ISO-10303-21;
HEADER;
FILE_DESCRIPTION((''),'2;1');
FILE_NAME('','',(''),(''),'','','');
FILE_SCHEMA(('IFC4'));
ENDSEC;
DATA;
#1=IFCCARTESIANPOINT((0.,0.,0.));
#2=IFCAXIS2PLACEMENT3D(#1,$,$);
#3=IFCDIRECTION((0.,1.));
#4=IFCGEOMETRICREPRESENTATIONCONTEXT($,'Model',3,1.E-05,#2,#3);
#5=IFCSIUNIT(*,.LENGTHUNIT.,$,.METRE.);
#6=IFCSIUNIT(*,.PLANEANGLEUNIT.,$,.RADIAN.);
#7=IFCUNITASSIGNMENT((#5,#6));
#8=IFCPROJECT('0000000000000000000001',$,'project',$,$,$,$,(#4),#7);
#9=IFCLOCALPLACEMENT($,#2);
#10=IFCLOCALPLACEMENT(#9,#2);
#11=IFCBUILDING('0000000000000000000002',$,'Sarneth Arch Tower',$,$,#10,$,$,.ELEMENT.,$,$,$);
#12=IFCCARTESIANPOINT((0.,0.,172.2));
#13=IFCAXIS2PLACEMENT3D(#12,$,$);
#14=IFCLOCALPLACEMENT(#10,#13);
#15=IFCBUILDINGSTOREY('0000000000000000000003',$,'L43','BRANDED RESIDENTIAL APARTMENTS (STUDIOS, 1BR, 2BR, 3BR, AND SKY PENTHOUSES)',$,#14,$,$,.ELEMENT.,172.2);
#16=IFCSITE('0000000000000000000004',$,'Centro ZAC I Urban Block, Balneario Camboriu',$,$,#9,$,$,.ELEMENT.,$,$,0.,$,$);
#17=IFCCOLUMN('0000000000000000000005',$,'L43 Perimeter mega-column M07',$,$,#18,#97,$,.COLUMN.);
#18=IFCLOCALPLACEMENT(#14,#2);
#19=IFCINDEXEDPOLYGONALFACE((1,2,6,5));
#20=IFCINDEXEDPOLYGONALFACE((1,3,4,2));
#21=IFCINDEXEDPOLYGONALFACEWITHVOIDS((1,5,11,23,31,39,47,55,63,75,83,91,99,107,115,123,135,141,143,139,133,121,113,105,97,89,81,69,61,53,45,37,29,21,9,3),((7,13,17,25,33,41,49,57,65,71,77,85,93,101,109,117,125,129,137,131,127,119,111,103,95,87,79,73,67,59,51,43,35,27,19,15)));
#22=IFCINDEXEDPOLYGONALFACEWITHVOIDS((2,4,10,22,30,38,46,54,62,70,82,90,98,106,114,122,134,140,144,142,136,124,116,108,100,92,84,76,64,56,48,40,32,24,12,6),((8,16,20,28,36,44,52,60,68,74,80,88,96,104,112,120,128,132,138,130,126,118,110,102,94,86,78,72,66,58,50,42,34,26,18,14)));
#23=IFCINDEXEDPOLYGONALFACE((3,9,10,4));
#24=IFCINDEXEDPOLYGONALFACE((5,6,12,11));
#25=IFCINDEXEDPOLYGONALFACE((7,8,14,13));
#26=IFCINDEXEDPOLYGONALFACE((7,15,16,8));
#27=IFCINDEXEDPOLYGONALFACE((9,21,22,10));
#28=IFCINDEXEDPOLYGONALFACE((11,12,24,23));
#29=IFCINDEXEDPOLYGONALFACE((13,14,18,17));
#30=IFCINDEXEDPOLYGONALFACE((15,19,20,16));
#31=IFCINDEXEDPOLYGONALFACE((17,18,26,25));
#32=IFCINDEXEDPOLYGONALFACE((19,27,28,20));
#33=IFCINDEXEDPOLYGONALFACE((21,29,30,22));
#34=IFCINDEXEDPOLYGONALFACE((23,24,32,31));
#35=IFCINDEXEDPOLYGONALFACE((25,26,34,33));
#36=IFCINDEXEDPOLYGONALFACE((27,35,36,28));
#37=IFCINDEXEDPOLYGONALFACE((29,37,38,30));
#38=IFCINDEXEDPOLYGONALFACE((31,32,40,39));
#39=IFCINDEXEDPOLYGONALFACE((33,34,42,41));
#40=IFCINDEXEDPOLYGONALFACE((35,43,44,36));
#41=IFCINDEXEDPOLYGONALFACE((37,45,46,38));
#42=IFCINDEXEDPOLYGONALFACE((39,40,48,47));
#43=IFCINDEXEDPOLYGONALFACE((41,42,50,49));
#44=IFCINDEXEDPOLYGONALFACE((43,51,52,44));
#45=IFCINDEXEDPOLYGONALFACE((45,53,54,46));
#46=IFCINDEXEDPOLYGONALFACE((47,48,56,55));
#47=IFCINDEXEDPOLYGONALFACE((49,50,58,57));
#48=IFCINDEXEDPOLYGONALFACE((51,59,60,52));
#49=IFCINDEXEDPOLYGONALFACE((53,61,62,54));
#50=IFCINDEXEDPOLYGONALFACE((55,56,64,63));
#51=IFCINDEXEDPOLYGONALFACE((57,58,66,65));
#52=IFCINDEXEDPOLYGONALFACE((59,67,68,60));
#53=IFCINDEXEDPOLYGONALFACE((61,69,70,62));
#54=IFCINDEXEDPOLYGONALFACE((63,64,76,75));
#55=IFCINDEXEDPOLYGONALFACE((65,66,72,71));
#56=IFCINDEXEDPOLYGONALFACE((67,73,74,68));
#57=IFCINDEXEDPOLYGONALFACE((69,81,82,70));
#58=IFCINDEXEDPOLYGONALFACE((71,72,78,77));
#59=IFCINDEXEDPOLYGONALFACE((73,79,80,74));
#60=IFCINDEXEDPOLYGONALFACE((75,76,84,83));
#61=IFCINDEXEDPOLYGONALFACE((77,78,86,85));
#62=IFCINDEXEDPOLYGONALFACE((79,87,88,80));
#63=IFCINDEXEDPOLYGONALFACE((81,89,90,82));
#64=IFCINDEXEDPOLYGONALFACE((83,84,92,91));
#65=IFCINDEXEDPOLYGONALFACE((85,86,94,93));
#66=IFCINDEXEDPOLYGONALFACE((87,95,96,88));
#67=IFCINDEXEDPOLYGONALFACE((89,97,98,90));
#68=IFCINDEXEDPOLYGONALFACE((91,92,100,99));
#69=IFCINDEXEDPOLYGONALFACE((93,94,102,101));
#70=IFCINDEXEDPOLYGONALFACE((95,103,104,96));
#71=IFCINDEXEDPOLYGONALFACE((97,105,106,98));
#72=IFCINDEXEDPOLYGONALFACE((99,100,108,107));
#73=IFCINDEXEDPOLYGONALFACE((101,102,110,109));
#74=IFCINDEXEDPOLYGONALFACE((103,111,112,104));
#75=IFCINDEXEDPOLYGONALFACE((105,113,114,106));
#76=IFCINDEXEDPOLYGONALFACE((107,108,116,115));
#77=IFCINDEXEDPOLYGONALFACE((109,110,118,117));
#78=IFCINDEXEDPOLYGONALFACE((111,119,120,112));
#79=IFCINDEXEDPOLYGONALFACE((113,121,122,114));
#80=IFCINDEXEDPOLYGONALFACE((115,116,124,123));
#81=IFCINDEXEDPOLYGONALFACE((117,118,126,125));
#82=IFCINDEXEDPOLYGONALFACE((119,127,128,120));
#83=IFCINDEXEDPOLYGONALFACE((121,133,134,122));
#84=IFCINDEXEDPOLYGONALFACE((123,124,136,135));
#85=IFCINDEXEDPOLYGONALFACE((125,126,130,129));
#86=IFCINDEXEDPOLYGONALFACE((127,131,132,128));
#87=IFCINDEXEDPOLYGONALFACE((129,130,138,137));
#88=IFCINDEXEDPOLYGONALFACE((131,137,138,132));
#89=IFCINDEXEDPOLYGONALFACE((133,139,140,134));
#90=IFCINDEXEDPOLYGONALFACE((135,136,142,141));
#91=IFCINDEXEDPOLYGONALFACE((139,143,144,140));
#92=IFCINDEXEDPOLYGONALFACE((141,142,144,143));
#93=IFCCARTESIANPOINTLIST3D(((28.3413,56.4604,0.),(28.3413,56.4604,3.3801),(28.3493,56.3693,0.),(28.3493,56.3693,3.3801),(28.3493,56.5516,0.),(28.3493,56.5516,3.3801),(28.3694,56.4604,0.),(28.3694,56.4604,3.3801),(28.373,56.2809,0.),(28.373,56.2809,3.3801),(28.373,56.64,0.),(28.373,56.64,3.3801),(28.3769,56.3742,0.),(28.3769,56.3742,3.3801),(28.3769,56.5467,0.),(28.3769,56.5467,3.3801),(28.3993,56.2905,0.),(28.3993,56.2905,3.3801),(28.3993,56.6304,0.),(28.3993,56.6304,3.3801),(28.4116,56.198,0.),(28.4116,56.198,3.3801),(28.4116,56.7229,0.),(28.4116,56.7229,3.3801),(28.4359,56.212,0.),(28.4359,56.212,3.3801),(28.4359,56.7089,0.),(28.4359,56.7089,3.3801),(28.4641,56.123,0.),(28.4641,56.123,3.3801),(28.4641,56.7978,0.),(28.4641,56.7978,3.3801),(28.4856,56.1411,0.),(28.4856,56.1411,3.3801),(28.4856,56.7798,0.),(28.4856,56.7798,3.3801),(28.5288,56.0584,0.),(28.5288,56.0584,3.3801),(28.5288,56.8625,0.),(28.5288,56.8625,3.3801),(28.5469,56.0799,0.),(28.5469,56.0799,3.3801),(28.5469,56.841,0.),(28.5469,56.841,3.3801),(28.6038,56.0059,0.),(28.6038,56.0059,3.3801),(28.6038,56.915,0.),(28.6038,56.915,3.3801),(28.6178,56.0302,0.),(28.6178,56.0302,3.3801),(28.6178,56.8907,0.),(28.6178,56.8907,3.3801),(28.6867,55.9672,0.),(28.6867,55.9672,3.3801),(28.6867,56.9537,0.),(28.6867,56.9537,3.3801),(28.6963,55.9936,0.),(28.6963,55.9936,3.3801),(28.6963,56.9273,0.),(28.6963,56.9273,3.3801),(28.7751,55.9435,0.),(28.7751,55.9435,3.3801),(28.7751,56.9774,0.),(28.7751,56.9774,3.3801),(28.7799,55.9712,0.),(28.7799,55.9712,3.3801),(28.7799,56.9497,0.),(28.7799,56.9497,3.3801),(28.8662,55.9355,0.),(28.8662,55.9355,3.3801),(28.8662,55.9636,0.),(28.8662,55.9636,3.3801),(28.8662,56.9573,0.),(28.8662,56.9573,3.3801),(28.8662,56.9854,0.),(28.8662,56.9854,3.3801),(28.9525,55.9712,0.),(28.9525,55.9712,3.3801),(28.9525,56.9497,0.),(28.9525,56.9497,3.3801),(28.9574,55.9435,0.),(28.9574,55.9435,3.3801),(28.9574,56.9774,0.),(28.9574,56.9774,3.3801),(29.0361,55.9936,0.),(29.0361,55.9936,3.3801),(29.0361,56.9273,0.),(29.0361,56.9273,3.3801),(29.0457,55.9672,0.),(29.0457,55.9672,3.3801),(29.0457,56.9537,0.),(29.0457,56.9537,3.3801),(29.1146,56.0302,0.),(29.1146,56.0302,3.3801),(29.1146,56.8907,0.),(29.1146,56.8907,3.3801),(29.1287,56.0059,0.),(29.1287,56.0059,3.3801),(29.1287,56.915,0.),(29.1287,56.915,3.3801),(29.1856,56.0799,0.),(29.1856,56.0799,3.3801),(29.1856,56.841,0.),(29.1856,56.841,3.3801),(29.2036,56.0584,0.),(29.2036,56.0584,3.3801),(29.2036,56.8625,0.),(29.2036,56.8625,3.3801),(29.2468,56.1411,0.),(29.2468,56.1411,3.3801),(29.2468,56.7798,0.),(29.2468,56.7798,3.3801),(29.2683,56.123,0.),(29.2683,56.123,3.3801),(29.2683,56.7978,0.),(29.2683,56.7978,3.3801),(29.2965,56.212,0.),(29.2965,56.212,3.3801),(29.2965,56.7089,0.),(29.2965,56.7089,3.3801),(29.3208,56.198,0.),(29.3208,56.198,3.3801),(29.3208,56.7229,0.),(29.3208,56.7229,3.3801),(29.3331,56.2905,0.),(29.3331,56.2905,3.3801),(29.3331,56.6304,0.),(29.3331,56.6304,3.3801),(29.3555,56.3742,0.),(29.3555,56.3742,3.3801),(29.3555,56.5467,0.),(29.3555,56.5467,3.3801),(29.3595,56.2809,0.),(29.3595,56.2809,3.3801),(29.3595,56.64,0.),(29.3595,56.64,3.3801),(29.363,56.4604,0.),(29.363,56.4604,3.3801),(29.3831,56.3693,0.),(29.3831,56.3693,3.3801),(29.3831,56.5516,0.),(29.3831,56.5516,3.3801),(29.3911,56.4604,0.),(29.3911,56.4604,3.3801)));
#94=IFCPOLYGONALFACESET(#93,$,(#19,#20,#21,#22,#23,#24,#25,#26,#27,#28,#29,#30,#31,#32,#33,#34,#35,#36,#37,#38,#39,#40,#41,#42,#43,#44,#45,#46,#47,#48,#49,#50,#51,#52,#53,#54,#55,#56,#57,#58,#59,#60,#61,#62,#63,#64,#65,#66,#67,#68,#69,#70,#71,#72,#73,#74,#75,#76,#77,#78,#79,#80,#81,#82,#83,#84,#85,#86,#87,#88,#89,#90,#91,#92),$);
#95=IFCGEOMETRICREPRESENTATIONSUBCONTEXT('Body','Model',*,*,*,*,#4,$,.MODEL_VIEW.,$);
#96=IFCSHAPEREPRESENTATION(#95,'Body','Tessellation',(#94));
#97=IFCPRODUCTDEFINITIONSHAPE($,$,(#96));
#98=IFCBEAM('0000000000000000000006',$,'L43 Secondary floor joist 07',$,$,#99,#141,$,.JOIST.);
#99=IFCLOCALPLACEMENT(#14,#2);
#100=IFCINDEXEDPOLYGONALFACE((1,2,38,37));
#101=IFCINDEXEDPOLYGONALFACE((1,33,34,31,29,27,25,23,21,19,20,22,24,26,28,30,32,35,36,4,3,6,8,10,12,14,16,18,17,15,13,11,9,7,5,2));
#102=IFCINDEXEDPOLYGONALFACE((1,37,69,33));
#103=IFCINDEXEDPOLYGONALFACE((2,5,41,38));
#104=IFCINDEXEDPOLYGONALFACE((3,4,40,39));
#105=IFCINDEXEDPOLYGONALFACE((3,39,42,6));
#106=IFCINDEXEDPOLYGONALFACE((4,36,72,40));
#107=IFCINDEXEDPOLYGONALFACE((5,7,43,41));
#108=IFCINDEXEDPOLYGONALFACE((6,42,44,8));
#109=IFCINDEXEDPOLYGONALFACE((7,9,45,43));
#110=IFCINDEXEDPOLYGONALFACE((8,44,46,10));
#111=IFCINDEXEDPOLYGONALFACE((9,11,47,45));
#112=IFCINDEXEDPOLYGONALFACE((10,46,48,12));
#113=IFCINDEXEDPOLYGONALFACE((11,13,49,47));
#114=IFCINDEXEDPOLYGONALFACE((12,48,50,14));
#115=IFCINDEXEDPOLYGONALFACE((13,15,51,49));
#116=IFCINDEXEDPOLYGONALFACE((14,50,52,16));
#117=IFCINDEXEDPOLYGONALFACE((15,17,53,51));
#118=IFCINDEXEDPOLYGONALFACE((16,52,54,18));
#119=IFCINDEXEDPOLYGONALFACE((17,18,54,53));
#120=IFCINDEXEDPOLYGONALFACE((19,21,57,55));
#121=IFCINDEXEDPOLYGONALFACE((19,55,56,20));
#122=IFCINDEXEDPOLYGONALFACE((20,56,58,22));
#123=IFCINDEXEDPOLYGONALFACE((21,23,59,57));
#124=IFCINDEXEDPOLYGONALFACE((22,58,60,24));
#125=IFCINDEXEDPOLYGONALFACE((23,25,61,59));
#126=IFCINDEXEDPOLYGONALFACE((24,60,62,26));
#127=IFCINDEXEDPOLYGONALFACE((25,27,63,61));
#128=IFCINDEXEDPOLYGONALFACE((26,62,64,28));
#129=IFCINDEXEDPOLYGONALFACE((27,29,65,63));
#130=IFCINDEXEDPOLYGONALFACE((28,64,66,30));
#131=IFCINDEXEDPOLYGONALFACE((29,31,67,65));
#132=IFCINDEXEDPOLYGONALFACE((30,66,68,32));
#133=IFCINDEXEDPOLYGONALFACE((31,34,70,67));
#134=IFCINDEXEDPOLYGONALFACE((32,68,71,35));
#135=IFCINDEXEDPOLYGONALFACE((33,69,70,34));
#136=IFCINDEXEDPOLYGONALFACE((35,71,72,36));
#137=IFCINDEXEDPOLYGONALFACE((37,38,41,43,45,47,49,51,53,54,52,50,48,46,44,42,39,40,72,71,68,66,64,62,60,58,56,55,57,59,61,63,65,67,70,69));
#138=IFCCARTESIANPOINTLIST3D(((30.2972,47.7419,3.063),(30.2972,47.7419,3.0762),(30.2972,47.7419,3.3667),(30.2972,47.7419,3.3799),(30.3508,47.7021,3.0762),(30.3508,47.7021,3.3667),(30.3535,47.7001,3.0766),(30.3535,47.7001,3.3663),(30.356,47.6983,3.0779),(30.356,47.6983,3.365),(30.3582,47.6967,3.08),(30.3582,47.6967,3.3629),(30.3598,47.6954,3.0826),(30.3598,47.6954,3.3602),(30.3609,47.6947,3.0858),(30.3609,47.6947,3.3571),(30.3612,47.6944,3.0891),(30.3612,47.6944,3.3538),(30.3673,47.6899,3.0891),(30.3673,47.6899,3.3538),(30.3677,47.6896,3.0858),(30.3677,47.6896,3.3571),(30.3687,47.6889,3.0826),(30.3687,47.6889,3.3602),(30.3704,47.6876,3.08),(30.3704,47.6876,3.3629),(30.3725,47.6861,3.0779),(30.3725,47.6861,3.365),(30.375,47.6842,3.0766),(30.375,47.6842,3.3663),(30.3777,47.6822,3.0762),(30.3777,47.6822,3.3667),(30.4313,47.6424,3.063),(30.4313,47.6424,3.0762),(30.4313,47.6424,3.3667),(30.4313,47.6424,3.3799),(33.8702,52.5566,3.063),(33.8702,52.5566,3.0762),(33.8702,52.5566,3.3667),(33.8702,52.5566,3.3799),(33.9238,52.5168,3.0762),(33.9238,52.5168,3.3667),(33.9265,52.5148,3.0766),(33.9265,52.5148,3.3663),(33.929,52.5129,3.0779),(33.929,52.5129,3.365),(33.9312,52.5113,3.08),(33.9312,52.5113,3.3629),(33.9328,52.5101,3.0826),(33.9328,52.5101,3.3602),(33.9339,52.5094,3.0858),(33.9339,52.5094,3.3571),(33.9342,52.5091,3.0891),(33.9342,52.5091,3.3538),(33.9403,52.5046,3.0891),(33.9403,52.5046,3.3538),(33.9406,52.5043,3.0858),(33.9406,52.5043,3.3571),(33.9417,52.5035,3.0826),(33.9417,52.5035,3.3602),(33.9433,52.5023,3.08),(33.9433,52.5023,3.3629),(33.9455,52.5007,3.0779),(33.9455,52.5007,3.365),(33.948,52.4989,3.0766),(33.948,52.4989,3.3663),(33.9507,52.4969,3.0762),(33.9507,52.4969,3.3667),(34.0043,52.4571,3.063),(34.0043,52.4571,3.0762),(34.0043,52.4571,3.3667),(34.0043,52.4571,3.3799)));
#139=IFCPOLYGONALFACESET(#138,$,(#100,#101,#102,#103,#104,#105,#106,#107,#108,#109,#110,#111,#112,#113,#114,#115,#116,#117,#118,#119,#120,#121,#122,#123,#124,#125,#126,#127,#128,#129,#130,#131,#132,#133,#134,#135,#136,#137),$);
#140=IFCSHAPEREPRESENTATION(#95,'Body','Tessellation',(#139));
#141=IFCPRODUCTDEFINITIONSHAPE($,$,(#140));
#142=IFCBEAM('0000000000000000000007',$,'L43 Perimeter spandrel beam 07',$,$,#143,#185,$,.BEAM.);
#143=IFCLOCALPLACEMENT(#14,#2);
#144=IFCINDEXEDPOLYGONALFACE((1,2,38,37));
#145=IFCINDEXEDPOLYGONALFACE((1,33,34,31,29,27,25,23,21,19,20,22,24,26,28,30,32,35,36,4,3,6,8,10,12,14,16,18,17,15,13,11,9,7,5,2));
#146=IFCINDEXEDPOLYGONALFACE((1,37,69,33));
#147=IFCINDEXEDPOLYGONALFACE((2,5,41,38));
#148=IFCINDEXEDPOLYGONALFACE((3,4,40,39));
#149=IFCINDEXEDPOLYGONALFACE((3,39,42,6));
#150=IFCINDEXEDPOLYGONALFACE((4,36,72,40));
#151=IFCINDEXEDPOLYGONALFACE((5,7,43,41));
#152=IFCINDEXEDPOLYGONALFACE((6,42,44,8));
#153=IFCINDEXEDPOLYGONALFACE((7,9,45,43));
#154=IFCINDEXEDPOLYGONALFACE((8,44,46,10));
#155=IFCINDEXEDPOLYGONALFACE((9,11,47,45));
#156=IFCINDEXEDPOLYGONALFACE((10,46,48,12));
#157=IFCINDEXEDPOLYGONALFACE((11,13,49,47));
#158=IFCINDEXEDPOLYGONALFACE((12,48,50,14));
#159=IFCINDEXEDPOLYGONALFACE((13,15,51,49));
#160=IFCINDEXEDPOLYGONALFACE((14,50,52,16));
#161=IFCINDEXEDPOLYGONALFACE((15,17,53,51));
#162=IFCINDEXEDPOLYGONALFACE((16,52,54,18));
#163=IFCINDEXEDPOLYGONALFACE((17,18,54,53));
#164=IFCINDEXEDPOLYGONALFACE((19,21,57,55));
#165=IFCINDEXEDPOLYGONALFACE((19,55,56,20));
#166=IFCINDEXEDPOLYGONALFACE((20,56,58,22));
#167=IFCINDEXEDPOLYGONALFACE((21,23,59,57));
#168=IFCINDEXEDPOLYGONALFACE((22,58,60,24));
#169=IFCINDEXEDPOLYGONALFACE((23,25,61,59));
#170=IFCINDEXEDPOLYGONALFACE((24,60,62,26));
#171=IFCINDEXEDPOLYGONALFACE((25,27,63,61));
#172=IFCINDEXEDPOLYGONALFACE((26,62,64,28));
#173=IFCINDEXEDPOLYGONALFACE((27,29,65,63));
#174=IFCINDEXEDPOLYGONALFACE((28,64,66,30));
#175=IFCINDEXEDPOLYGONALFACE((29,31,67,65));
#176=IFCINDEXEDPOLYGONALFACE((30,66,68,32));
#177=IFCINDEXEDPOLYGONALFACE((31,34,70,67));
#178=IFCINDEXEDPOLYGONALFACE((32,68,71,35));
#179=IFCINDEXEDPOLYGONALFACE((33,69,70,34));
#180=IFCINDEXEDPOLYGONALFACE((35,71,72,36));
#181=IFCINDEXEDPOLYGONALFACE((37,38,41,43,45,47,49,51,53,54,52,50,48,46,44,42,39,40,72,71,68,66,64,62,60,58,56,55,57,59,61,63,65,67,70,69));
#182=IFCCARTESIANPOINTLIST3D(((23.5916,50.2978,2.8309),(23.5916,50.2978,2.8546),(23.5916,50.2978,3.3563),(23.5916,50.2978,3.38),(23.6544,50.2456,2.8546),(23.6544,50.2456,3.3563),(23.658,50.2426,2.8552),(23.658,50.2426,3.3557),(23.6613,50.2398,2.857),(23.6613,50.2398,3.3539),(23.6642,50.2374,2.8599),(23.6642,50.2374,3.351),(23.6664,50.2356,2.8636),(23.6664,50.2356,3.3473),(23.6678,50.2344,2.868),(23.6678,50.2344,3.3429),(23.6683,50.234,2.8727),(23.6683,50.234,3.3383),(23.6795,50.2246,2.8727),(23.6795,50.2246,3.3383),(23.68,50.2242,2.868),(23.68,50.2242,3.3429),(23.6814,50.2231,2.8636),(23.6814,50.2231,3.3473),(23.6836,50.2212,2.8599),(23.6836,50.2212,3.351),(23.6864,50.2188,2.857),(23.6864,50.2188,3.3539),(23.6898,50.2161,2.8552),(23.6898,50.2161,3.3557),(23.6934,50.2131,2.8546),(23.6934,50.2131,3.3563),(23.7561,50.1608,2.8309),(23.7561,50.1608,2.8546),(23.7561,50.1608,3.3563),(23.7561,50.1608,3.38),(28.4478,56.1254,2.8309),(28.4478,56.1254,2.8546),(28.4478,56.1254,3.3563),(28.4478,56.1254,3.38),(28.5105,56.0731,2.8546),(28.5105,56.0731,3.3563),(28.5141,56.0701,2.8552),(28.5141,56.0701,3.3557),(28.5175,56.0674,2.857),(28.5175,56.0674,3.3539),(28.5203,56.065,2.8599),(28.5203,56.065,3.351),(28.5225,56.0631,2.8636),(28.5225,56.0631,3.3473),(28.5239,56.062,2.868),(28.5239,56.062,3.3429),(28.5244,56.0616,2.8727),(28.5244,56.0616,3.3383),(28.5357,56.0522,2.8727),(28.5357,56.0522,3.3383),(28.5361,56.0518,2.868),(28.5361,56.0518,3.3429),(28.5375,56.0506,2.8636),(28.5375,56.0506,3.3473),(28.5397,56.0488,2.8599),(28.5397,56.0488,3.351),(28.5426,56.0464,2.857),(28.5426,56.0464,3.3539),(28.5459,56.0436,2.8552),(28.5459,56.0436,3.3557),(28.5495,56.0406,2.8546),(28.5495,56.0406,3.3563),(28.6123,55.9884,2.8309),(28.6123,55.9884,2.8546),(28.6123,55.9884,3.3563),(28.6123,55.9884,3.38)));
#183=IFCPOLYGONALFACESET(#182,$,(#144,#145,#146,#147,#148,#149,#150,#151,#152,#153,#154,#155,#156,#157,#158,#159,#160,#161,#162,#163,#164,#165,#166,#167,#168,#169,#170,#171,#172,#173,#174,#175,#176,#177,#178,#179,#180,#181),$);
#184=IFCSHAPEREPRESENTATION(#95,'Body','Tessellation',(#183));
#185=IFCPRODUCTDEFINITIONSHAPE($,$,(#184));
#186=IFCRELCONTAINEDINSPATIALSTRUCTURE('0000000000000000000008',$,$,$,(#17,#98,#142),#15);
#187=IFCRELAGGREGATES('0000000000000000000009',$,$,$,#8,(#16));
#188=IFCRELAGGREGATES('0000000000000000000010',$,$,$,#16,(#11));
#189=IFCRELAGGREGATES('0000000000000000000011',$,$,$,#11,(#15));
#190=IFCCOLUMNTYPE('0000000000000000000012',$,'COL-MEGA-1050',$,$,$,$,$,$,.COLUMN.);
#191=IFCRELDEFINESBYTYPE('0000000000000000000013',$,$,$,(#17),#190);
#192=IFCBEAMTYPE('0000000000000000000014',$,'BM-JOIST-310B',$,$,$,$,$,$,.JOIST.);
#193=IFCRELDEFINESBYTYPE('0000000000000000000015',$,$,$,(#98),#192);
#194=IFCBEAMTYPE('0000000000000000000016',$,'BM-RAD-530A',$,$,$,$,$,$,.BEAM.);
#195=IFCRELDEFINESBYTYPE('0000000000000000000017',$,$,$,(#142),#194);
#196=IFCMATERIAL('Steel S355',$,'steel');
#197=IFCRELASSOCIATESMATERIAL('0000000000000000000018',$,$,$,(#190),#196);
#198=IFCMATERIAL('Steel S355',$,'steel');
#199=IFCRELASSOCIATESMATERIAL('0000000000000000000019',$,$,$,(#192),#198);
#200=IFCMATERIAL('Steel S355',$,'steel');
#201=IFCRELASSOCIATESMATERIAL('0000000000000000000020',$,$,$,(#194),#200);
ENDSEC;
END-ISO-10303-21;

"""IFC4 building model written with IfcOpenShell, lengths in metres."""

from ifc_helpers import new_model, si_unit, direction, frame, origin, origin_2d, place, context, subcontext, project, spatial, hollow_circle, i_section, extrude, material, material_profile, profile_set, type_object, element, save


model = new_model("IFC4")

# Units and contexts
model_context = context("Model", 3, precision=1e-05, world=origin(), true_north=direction((0.0, 1.0)))
body_context = subcontext(model_context, "Body", "Model", "MODEL_VIEW")
ifc_project = project(units=[si_unit("LENGTHUNIT", "METRE"), si_unit("PLANEANGLEUNIT", "RADIAN")], contexts=[model_context])

# Site, building, storey
site_placement = place(None, origin())
site = spatial("IfcSite", under=ifc_project, at=site_placement, Name="Centro ZAC I Urban Block, Balneario Camboriu", CompositionType="ELEMENT", RefElevation=0.0)
building_placement = place(site_placement, origin())
building = spatial("IfcBuilding", under=site, at=building_placement, Name="Sarneth Arch Tower", CompositionType="ELEMENT")
storey_placement = place(building_placement, frame((0.0, 0.0, 172.2)))
storey = spatial("IfcBuildingStorey", under=building, at=storey_placement, Name="L43", Description="BRANDED RESIDENTIAL APARTMENTS (STUDIOS, 1BR, 2BR, 3BR, AND SKY PENTHOUSES)", CompositionType="ELEMENT", Elevation=172.2)

# Column
ifc_material_1 = material(Name="Steel S355", Category="steel")
ifc_material_profile_1 = material_profile(ifc_material_1, hollow_circle(Radius=0.5249, WallThickness=0.0281, at=origin_2d()), Name="CHS1050x28")
ifc_profile_set_1 = profile_set([ifc_material_profile_1], Name="Steel S355")
column_type = type_object("IfcColumnType", Name="COL-MEGA-1050", PredefinedType="COLUMN", material=ifc_profile_set_1)
column_placement = place(storey_placement, frame((28.8662, 56.4604, 0.0), z_axis=(0.0, 0.0, 1.0), x_axis=(1.0, 0.0, 0.0)))
element("IfcColumn", 1, at=column_placement, inside=storey, type_object=column_type, Name="L43 Perimeter mega-column M07", PredefinedType="COLUMN", context=body_context, shape_type="SweptSolid", body=[
    extrude(hollow_circle(Radius=0.5249, WallThickness=0.0281, at=origin_2d()), origin(), (0.0, 0.0, 1.0), 3.3801),
])

# Beams
ifc_material_2 = material(Name="Steel S355", Category="steel")
ifc_material_profile_2 = material_profile(ifc_material_2, i_section(OverallWidth=0.167, OverallDepth=0.3169, WebThickness=0.0076, FlangeThickness=0.0132, FilletRadius=0.0129, at=origin_2d()), Name="W310x52")
ifc_profile_set_2 = profile_set([ifc_material_profile_2], Name="Steel S355")
beam_type_1 = type_object("IfcBeamType", Name="BM-JOIST-310B", PredefinedType="JOIST", material=ifc_profile_set_2)
beam_1_placement = place(storey_placement, frame((33.9373, 52.5068, 3.2214), z_axis=(-0.595933, -0.803034, 0.0), x_axis=(0.803034, -0.595933, 0.0)))
element("IfcBeam", 2, at=beam_1_placement, inside=storey, type_object=beam_type_1, Name="L43 Secondary floor joist 07", PredefinedType="JOIST", context=body_context, shape_type="SweptSolid", body=[
    extrude(i_section(OverallWidth=0.167, OverallDepth=0.3169, WebThickness=0.0076, FlangeThickness=0.0132, FilletRadius=0.0129, at=origin_2d()), origin(), (0.0, 0.0, 1.0), 5.9956),
])
ifc_material_3 = material(Name="Steel S355", Category="steel")
ifc_material_profile_3 = material_profile(ifc_material_3, i_section(OverallWidth=0.2141, OverallDepth=0.5491, WebThickness=0.0146, FlangeThickness=0.0237, FilletRadius=0.0181, at=origin_2d()), Name="W530x138")
ifc_profile_set_3 = profile_set([ifc_material_profile_3], Name="Steel S355")
beam_type_2 = type_object("IfcBeamType", Name="BM-RAD-530A", PredefinedType="BEAM", material=ifc_profile_set_3)
beam_2_placement = place(storey_placement, frame((28.53, 56.0569, 3.1055), z_axis=(-0.640172, -0.768232, 0.0), x_axis=(0.768232, -0.640172, 0.0)))
element("IfcBeam", 3, at=beam_2_placement, inside=storey, type_object=beam_type_2, Name="L43 Perimeter spandrel beam 07", PredefinedType="BEAM", context=body_context, shape_type="SweptSolid", body=[
    extrude(i_section(OverallWidth=0.2141, OverallDepth=0.5491, WebThickness=0.0146, FlangeThickness=0.0237, FilletRadius=0.0181, at=origin_2d()), origin(), (0.0, 0.0, 1.0), 7.5857),
])

save(model, "model.ifc")
